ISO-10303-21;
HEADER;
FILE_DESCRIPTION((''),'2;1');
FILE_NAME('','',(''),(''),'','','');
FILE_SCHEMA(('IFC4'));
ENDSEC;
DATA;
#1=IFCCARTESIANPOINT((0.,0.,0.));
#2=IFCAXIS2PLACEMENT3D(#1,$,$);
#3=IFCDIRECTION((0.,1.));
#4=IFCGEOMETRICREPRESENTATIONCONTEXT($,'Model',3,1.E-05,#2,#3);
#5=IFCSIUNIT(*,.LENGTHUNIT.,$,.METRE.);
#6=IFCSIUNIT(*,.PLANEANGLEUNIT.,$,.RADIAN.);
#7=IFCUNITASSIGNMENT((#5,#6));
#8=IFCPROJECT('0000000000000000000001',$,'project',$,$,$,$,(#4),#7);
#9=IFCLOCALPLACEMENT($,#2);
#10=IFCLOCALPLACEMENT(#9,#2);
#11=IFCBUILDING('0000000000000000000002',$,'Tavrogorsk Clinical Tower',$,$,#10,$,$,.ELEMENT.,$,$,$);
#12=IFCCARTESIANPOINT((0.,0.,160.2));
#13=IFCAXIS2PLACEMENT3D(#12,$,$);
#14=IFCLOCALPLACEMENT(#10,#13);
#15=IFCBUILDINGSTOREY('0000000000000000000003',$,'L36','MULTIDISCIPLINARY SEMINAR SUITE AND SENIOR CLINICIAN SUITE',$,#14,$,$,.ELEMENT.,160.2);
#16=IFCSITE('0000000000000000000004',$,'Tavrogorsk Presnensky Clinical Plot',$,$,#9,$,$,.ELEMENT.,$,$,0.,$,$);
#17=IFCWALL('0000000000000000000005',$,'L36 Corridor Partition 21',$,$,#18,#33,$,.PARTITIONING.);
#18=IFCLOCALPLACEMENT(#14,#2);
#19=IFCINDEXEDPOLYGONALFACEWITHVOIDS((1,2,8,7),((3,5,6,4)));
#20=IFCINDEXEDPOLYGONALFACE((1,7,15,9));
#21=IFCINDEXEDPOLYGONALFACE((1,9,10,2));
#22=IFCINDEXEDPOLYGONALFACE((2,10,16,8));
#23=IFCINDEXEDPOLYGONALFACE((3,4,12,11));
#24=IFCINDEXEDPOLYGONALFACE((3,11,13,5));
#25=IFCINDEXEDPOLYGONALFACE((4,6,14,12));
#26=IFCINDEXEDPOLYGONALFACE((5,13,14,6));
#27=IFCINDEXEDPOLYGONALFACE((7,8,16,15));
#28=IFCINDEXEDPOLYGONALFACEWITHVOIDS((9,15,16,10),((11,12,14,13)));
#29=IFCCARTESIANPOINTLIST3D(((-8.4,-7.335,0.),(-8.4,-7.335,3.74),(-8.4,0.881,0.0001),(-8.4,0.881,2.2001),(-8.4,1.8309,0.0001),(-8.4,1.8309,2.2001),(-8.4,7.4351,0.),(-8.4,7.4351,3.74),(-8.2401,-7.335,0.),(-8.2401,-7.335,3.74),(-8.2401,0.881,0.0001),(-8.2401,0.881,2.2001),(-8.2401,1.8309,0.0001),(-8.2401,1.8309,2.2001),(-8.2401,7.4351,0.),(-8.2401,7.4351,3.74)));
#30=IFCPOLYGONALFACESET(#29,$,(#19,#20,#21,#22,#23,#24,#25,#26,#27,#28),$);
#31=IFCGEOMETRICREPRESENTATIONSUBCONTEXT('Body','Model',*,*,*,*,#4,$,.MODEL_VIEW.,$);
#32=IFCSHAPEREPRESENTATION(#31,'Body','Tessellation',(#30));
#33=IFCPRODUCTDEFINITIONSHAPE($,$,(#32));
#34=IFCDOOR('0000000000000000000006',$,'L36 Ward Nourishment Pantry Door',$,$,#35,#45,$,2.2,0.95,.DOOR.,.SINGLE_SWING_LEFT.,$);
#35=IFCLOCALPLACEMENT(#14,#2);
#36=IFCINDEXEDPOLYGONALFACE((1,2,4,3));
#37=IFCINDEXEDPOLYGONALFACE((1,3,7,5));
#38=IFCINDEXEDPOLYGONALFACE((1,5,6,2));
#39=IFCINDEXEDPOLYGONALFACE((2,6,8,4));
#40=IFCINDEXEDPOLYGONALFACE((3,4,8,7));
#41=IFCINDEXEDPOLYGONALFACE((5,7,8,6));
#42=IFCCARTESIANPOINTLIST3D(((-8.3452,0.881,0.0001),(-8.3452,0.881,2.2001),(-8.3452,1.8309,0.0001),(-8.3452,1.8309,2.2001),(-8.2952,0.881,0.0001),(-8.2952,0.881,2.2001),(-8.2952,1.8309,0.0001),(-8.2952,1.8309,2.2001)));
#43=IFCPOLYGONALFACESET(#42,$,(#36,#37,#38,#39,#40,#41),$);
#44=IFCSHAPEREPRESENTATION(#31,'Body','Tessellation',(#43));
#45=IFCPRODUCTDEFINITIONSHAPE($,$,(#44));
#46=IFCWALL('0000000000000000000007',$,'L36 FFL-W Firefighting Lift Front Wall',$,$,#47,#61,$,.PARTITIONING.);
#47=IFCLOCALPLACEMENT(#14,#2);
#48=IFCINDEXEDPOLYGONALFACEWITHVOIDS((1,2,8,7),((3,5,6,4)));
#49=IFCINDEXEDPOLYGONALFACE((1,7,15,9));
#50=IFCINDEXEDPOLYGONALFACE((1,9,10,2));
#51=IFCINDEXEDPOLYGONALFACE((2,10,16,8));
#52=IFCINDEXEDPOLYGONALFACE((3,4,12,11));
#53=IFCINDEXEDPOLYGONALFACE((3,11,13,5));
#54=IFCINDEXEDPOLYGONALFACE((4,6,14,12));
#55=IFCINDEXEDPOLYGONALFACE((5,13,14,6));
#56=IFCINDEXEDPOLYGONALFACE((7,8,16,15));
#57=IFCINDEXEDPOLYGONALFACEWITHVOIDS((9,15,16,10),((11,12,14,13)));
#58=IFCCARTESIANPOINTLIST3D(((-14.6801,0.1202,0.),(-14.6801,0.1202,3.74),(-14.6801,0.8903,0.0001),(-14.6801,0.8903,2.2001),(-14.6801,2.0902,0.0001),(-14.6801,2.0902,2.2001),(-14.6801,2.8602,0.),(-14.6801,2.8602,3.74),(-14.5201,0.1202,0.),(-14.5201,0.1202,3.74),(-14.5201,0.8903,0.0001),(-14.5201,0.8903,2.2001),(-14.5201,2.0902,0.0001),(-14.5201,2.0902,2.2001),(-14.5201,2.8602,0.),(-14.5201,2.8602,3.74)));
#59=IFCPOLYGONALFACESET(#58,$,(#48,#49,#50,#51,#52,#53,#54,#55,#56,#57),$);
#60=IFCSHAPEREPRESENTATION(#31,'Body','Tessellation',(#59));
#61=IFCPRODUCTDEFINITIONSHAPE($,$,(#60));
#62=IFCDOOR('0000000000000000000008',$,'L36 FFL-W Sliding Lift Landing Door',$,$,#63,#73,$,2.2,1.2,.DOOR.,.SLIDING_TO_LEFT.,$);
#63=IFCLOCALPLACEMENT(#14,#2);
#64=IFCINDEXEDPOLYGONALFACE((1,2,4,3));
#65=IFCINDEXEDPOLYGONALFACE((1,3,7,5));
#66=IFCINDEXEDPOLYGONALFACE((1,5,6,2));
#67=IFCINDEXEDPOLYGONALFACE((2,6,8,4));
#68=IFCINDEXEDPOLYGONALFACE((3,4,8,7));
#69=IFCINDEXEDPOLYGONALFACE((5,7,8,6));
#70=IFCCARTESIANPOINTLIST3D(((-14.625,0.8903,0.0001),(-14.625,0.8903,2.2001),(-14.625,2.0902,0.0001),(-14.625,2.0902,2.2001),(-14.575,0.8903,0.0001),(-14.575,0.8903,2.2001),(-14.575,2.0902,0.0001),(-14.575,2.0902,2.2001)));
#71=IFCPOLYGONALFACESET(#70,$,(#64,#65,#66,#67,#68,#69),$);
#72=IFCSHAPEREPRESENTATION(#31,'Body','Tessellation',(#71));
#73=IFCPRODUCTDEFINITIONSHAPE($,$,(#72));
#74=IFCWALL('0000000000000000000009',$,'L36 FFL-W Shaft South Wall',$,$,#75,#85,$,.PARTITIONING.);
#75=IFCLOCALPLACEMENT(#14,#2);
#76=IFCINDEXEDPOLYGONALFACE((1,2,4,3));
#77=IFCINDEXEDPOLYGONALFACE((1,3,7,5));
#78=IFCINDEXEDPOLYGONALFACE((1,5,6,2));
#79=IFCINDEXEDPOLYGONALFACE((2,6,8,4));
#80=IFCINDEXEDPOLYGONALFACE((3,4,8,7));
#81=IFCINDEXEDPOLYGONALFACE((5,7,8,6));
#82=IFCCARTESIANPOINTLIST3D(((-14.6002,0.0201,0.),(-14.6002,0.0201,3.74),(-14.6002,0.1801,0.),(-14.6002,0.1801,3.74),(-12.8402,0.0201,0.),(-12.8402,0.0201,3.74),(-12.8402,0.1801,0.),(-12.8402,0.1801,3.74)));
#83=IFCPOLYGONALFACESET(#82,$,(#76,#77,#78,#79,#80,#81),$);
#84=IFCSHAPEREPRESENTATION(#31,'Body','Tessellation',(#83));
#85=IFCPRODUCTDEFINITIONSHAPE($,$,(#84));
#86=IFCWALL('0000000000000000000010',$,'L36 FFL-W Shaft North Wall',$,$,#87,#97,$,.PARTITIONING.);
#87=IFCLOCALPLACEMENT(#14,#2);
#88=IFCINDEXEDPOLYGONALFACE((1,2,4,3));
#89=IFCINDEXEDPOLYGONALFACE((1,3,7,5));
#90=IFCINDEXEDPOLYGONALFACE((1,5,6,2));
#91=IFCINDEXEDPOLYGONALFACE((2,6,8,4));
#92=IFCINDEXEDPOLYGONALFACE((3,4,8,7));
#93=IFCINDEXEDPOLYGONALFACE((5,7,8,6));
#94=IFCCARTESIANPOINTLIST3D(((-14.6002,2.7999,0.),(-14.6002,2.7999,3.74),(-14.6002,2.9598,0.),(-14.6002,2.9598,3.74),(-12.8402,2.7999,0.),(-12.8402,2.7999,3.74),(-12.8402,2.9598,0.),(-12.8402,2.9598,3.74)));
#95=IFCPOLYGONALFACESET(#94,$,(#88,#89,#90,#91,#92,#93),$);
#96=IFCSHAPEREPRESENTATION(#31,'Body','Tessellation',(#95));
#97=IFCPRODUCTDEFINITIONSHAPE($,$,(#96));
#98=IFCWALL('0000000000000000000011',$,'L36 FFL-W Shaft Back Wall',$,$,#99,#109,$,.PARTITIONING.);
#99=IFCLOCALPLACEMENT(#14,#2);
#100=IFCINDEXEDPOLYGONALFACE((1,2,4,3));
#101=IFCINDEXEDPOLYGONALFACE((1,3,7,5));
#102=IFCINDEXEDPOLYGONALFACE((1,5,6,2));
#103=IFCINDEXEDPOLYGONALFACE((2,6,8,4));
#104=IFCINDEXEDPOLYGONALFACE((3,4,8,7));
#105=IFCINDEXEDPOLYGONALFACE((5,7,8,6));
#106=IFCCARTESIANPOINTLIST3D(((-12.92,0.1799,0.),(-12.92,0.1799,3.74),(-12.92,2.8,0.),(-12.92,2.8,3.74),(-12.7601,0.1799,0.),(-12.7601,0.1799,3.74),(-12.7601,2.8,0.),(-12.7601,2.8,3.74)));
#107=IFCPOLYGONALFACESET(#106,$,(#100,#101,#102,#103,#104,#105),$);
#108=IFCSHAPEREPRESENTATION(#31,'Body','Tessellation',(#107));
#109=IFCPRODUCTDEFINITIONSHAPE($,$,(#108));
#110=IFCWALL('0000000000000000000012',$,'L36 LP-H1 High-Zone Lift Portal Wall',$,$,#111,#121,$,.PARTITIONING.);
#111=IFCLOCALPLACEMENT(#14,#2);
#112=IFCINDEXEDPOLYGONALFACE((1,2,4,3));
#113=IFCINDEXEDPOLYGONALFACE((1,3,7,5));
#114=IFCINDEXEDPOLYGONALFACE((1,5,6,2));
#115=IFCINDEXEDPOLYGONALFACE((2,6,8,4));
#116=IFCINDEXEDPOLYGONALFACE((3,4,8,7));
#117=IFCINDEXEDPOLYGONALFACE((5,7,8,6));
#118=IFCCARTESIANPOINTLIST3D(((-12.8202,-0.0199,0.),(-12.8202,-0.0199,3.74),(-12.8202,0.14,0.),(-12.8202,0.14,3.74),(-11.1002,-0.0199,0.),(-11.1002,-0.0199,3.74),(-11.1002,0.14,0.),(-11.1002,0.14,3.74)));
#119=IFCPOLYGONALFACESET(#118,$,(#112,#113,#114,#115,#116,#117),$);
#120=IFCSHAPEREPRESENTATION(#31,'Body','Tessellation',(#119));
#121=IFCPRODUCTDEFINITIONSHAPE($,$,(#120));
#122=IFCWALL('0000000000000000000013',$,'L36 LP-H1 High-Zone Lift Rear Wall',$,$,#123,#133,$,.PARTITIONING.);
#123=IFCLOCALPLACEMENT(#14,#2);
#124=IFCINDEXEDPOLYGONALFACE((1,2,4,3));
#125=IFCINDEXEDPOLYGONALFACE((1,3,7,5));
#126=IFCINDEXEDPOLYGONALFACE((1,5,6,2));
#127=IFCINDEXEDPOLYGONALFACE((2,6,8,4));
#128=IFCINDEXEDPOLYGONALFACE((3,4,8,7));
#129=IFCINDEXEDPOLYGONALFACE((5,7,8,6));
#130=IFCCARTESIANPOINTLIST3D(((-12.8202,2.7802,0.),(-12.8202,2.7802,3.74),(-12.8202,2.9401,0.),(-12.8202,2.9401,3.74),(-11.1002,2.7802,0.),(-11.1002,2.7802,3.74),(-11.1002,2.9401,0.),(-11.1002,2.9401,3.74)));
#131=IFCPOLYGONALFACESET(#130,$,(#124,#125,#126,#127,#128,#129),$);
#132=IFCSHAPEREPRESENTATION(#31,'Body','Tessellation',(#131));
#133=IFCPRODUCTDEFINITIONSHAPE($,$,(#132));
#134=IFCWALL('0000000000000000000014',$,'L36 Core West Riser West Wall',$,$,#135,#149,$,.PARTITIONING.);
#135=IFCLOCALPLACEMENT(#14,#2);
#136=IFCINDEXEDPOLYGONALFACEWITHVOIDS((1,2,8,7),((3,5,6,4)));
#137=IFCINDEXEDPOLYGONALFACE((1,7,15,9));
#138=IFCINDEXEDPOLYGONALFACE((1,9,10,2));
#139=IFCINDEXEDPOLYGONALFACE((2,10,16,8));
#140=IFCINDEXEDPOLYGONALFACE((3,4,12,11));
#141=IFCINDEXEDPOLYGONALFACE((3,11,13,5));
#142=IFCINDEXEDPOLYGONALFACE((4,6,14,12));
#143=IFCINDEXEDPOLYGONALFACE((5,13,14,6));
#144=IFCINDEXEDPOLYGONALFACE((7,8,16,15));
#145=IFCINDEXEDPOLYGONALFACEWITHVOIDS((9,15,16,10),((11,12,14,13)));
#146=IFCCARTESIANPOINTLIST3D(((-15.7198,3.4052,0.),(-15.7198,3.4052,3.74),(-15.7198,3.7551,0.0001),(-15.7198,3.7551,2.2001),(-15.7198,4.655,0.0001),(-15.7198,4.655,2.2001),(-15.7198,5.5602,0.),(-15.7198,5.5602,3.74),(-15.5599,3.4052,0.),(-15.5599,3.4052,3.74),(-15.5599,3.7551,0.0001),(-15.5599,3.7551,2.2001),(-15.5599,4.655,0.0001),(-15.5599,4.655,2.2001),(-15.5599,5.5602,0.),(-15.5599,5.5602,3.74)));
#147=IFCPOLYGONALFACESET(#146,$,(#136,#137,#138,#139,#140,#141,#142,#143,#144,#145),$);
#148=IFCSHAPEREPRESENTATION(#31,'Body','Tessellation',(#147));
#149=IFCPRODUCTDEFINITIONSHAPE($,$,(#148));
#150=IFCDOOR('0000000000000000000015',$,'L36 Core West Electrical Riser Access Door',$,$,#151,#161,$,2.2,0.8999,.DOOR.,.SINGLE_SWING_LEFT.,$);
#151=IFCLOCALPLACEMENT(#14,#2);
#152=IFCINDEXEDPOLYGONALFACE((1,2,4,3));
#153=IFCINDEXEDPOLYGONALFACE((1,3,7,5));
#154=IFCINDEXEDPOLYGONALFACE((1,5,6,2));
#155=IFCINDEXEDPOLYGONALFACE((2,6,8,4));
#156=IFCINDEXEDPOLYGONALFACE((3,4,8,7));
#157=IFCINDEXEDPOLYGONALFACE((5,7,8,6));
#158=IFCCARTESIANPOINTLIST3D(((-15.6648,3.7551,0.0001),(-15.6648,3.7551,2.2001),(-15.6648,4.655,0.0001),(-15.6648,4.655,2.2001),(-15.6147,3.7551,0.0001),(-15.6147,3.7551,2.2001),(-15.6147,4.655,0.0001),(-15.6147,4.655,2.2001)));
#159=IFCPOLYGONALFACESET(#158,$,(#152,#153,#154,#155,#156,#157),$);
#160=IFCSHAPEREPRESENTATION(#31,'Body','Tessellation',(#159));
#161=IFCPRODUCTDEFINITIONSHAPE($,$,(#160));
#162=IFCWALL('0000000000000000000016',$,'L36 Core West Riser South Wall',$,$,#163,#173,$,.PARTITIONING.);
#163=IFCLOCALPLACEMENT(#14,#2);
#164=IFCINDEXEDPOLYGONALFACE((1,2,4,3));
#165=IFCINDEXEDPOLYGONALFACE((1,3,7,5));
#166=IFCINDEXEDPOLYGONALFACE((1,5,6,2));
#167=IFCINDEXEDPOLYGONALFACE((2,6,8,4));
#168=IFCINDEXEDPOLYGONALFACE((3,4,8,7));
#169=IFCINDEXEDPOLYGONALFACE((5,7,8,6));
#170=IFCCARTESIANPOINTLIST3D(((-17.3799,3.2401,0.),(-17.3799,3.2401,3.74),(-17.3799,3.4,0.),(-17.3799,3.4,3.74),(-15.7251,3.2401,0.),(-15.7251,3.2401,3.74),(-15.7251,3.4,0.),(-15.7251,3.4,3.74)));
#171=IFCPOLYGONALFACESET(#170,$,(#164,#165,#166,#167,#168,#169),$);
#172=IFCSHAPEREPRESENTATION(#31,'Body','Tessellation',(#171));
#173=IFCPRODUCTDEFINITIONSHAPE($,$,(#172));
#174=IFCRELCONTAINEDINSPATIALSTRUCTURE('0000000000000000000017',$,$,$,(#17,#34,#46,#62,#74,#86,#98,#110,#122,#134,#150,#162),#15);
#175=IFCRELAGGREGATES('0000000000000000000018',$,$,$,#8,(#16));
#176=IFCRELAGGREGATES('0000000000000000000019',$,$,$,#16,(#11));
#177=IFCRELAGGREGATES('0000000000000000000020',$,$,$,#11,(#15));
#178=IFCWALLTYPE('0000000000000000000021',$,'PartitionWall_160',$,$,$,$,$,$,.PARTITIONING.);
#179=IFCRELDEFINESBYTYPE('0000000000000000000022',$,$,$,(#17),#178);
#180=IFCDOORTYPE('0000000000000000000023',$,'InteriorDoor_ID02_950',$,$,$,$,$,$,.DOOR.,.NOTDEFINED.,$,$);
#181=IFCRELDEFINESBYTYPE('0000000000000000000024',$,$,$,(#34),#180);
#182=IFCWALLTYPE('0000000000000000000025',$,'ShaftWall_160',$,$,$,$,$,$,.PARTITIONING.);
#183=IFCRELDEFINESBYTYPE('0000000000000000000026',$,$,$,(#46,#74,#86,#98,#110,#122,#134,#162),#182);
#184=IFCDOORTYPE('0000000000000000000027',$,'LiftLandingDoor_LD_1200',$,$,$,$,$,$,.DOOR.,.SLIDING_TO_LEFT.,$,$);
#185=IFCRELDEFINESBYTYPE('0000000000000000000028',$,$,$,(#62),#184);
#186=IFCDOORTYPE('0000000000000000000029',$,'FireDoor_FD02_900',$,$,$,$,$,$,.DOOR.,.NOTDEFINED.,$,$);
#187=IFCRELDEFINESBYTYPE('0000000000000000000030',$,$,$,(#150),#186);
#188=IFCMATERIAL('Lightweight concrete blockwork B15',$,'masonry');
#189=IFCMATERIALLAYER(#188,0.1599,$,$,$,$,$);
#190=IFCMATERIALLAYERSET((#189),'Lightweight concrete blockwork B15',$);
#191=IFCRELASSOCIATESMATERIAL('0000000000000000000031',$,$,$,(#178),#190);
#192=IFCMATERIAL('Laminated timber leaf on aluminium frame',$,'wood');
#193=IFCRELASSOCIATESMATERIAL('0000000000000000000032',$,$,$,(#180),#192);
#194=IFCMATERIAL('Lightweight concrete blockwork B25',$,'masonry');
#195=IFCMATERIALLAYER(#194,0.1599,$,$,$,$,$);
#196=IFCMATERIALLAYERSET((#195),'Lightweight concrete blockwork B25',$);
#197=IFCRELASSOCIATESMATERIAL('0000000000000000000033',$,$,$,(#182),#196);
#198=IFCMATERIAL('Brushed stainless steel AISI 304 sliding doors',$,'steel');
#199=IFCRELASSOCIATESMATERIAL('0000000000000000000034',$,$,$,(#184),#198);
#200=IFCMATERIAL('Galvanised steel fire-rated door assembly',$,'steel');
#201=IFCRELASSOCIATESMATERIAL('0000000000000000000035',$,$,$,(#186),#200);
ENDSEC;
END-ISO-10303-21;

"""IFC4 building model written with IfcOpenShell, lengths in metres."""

from ifc_helpers import new_model, si_unit, direction, frame, frame_2d, origin, place, context, subcontext, project, spatial, rectangle, extrude, material, layer, layer_set, type_object, element, fill, save


model = new_model("IFC4")

# Units and contexts
model_context = context("Model", 3, precision=1e-05, world=origin(), true_north=direction((0.0, 1.0)))
body_context = subcontext(model_context, "Body", "Model", "MODEL_VIEW")
ifc_project = project(units=[si_unit("LENGTHUNIT", "METRE"), si_unit("PLANEANGLEUNIT", "RADIAN")], contexts=[model_context])

# Site, building, storey
site_placement = place(None, origin())
site = spatial("IfcSite", under=ifc_project, at=site_placement, Name="Tavrogorsk Presnensky Clinical Plot", CompositionType="ELEMENT", RefElevation=0.0)
building_placement = place(site_placement, origin())
building = spatial("IfcBuilding", under=site, at=building_placement, Name="Tavrogorsk Clinical Tower", CompositionType="ELEMENT")
storey_placement = place(building_placement, frame((0.0, 0.0, 160.2)))
storey = spatial("IfcBuildingStorey", under=building, at=storey_placement, Name="L36", Description="MULTIDISCIPLINARY SEMINAR SUITE AND SENIOR CLINICIAN SUITE", CompositionType="ELEMENT", Elevation=160.2)

# Shared definitions
ifc_material_1 = material(Name="Lightweight concrete blockwork B15", Category="masonry")
ifc_layer_1 = layer(ifc_material_1, 0.1599)
ifc_layer_set_1 = layer_set([ifc_layer_1], Name="Lightweight concrete blockwork B15")
wall_type_1 = type_object("IfcWallType", Name="PartitionWall_160", PredefinedType="PARTITIONING", material=ifc_layer_set_1)
ifc_material_2 = material(Name="Laminated timber leaf on aluminium frame", Category="wood")
door_type_1 = type_object("IfcDoorType", Name="InteriorDoor_ID02_950", OperationType="NOTDEFINED", PredefinedType="DOOR", material=ifc_material_2)

# Walls, openings, doors
wall_1_placement = place(storey_placement, frame((-8.3201, 7.4351, 0.0), z_axis=(0.0, 0.0, 1.0), x_axis=(0.0, -1.0, 0.0)))
wall_1 = element("IfcWall", 1, at=wall_1_placement, inside=storey, type_object=wall_type_1, Name="L36 Corridor Partition 21", PredefinedType="PARTITIONING", context=body_context, shape_type="SweptSolid", body=[
    extrude(rectangle(XDim=14.77, YDim=0.1599, at=frame_2d((7.385, 0.0))), origin(), (0.0, 0.0, 1.0), 3.74),
])
opening_1_placement = place(wall_1_placement, frame((5.604, 0.0, 0.0)))
opening_1 = element("IfcOpeningElement", 2, at=opening_1_placement, cuts=wall_1, PredefinedType="OPENING", context=body_context, shape_type="SweptSolid", body=[
    extrude(rectangle(XDim=0.95, YDim=2.2, at=frame_2d((0.4751, 1.1001))), frame((0.0, 0.0898, 0.0), z_axis=(0.0, -1.0, 0.0), x_axis=(1.0, 0.0, 0.0)), (0.0, 0.0, 1.0), 0.1799),
])
door_1_placement = place(opening_1_placement, origin())
door_1 = element("IfcDoor", 3, at=door_1_placement, inside=storey, type_object=door_type_1, Name="L36 Ward Nourishment Pantry Door", OperationType="SINGLE_SWING_LEFT", OverallHeight=2.2, OverallWidth=0.95, PredefinedType="DOOR", context=body_context, shape_type="SweptSolid", body=[
    extrude(rectangle(XDim=0.95, YDim=2.2, at=frame_2d((0.4751, 1.1001))), frame((0.0, 0.0249, 0.0), z_axis=(0.0, -1.0, 0.0), x_axis=(1.0, 0.0, 0.0)), (0.0, 0.0, 1.0), 0.05),
])
fill(opening_1, door_1)
ifc_material_3 = material(Name="Lightweight concrete blockwork B25", Category="masonry")
ifc_layer_2 = layer(ifc_material_3, 0.1599)
ifc_layer_set_2 = layer_set([ifc_layer_2], Name="Lightweight concrete blockwork B25")
wall_type_2 = type_object("IfcWallType", Name="ShaftWall_160", PredefinedType="PARTITIONING", material=ifc_layer_set_2)
wall_2_placement = place(storey_placement, frame((-14.6001, 0.1201, 0.0), z_axis=(0.0, 0.0, 1.0), x_axis=(0.0, 1.0, 0.0)))
wall_2 = element("IfcWall", 4, at=wall_2_placement, inside=storey, type_object=wall_type_2, Name="L36 FFL-W Firefighting Lift Front Wall", PredefinedType="PARTITIONING", context=body_context, shape_type="SweptSolid", body=[
    extrude(rectangle(XDim=2.74, YDim=0.1599, at=frame_2d((1.3701, 0.0))), origin(), (0.0, 0.0, 1.0), 3.74),
])
opening_2_placement = place(wall_2_placement, frame((0.77, 0.0, 0.0)))
opening_2 = element("IfcOpeningElement", 5, at=opening_2_placement, cuts=wall_2, PredefinedType="OPENING", context=body_context, shape_type="SweptSolid", body=[
    extrude(rectangle(XDim=1.2, YDim=2.2, at=frame_2d((0.6001, 1.1001))), frame((0.0, 0.0898, 0.0), z_axis=(0.0, -1.0, 0.0), x_axis=(1.0, 0.0, 0.0)), (0.0, 0.0, 1.0), 0.1799),
])
ifc_material_4 = material(Name="Brushed stainless steel AISI 304 sliding doors", Category="steel")
door_type_2 = type_object("IfcDoorType", Name="LiftLandingDoor_LD_1200", OperationType="SLIDING_TO_LEFT", PredefinedType="DOOR", material=ifc_material_4)
door_2_placement = place(opening_2_placement, origin())
door_2 = element("IfcDoor", 6, at=door_2_placement, inside=storey, type_object=door_type_2, Name="L36 FFL-W Sliding Lift Landing Door", OperationType="SLIDING_TO_LEFT", OverallHeight=2.2, OverallWidth=1.2, PredefinedType="DOOR", context=body_context, shape_type="SweptSolid", body=[
    extrude(rectangle(XDim=1.2, YDim=2.2, at=frame_2d((0.6001, 1.1001))), frame((0.0, 0.0249, 0.0), z_axis=(0.0, -1.0, 0.0), x_axis=(1.0, 0.0, 0.0)), (0.0, 0.0, 1.0), 0.05),
])
fill(opening_2, door_2)

# Walls
for number, where, z_axis, x_axis, name in (
    (7, (-14.6001, 0.1001, 0.0), (0.0, 0.0, 1.0), (1.0, 0.0, 0.0), "L36 FFL-W Shaft South Wall"),
    (8, (-14.6001, 2.8799, 0.0), (0.0, 0.0, 1.0), (1.0, 0.0, 0.0), "L36 FFL-W Shaft North Wall"),
):
    element("IfcWall", number, at=place(storey_placement, frame(where, z_axis=z_axis, x_axis=x_axis)), inside=storey, type_object=wall_type_2, Name=name, PredefinedType="PARTITIONING", context=body_context, shape_type="SweptSolid", body=[
        extrude(rectangle(XDim=1.76, YDim=0.1599, at=frame_2d((0.8799, 0.0))), origin(), (0.0, 0.0, 1.0), 3.74),
    ])
wall_3_placement = place(storey_placement, frame((-12.8401, 0.1799, 0.0), z_axis=(0.0, 0.0, 1.0), x_axis=(0.0, 1.0, 0.0)))
element("IfcWall", 9, at=wall_3_placement, inside=storey, type_object=wall_type_2, Name="L36 FFL-W Shaft Back Wall", PredefinedType="PARTITIONING", context=body_context, shape_type="SweptSolid", body=[
    extrude(rectangle(XDim=2.6201, YDim=0.1599, at=frame_2d((1.3101, 0.0))), origin(), (0.0, 0.0, 1.0), 3.74),
])
for number, where, z_axis, x_axis, name in (
    (10, (-12.8201, 0.0601, 0.0), (0.0, 0.0, 1.0), (1.0, 0.0, 0.0), "L36 LP-H1 High-Zone Lift Portal Wall"),
    (11, (-12.8201, 2.8601, 0.0), (0.0, 0.0, 1.0), (1.0, 0.0, 0.0), "L36 LP-H1 High-Zone Lift Rear Wall"),
):
    element("IfcWall", number, at=place(storey_placement, frame(where, z_axis=z_axis, x_axis=x_axis)), inside=storey, type_object=wall_type_2, Name=name, PredefinedType="PARTITIONING", context=body_context, shape_type="SweptSolid", body=[
        extrude(rectangle(XDim=1.72, YDim=0.1599, at=frame_2d((0.8599, 0.0))), origin(), (0.0, 0.0, 1.0), 3.74),
    ])

# Wall, opening, door
wall_4_placement = place(storey_placement, frame((-15.6399, 3.405, 0.0), z_axis=(0.0, 0.0, 1.0), x_axis=(0.0, 1.0, 0.0)))
wall_4 = element("IfcWall", 12, at=wall_4_placement, inside=storey, type_object=wall_type_2, Name="L36 Core West Riser West Wall", PredefinedType="PARTITIONING", context=body_context, shape_type="SweptSolid", body=[
    extrude(rectangle(XDim=2.155, YDim=0.1599, at=frame_2d((1.0776, 0.0))), origin(), (0.0, 0.0, 1.0), 3.74),
])
opening_3_placement = place(wall_4_placement, frame((0.3501, 0.0, 0.0)))
opening_3 = element("IfcOpeningElement", 13, at=opening_3_placement, cuts=wall_4, PredefinedType="OPENING", context=body_context, shape_type="SweptSolid", body=[
    extrude(rectangle(XDim=0.8999, YDim=2.2, at=frame_2d((0.45, 1.1001))), frame((0.0, 0.0898, 0.0), z_axis=(0.0, -1.0, 0.0), x_axis=(1.0, 0.0, 0.0)), (0.0, 0.0, 1.0), 0.1799),
])
ifc_material_5 = material(Name="Galvanised steel fire-rated door assembly", Category="steel")
door_type_3 = type_object("IfcDoorType", Name="FireDoor_FD02_900", OperationType="NOTDEFINED", PredefinedType="DOOR", material=ifc_material_5)
door_3_placement = place(opening_3_placement, origin())
door_3 = element("IfcDoor", 14, at=door_3_placement, inside=storey, type_object=door_type_3, Name="L36 Core West Electrical Riser Access Door", OperationType="SINGLE_SWING_LEFT", OverallHeight=2.2, OverallWidth=0.8999, PredefinedType="DOOR", context=body_context, shape_type="SweptSolid", body=[
    extrude(rectangle(XDim=0.8999, YDim=2.2, at=frame_2d((0.45, 1.1001))), frame((0.0, 0.0249, 0.0), z_axis=(0.0, -1.0, 0.0), x_axis=(1.0, 0.0, 0.0)), (0.0, 0.0, 1.0), 0.05),
])
fill(opening_3, door_3)

# Wall
wall_5_placement = place(storey_placement, frame((-17.3799, 3.3201, 0.0), z_axis=(0.0, 0.0, 1.0), x_axis=(1.0, 0.0, 0.0)))
element("IfcWall", 15, at=wall_5_placement, inside=storey, type_object=wall_type_2, Name="L36 Core West Riser South Wall", PredefinedType="PARTITIONING", context=body_context, shape_type="SweptSolid", body=[
    extrude(rectangle(XDim=1.6548, YDim=0.1599, at=frame_2d((0.8274, 0.0))), origin(), (0.0, 0.0, 1.0), 3.74),
])

save(model, "model.ifc")
